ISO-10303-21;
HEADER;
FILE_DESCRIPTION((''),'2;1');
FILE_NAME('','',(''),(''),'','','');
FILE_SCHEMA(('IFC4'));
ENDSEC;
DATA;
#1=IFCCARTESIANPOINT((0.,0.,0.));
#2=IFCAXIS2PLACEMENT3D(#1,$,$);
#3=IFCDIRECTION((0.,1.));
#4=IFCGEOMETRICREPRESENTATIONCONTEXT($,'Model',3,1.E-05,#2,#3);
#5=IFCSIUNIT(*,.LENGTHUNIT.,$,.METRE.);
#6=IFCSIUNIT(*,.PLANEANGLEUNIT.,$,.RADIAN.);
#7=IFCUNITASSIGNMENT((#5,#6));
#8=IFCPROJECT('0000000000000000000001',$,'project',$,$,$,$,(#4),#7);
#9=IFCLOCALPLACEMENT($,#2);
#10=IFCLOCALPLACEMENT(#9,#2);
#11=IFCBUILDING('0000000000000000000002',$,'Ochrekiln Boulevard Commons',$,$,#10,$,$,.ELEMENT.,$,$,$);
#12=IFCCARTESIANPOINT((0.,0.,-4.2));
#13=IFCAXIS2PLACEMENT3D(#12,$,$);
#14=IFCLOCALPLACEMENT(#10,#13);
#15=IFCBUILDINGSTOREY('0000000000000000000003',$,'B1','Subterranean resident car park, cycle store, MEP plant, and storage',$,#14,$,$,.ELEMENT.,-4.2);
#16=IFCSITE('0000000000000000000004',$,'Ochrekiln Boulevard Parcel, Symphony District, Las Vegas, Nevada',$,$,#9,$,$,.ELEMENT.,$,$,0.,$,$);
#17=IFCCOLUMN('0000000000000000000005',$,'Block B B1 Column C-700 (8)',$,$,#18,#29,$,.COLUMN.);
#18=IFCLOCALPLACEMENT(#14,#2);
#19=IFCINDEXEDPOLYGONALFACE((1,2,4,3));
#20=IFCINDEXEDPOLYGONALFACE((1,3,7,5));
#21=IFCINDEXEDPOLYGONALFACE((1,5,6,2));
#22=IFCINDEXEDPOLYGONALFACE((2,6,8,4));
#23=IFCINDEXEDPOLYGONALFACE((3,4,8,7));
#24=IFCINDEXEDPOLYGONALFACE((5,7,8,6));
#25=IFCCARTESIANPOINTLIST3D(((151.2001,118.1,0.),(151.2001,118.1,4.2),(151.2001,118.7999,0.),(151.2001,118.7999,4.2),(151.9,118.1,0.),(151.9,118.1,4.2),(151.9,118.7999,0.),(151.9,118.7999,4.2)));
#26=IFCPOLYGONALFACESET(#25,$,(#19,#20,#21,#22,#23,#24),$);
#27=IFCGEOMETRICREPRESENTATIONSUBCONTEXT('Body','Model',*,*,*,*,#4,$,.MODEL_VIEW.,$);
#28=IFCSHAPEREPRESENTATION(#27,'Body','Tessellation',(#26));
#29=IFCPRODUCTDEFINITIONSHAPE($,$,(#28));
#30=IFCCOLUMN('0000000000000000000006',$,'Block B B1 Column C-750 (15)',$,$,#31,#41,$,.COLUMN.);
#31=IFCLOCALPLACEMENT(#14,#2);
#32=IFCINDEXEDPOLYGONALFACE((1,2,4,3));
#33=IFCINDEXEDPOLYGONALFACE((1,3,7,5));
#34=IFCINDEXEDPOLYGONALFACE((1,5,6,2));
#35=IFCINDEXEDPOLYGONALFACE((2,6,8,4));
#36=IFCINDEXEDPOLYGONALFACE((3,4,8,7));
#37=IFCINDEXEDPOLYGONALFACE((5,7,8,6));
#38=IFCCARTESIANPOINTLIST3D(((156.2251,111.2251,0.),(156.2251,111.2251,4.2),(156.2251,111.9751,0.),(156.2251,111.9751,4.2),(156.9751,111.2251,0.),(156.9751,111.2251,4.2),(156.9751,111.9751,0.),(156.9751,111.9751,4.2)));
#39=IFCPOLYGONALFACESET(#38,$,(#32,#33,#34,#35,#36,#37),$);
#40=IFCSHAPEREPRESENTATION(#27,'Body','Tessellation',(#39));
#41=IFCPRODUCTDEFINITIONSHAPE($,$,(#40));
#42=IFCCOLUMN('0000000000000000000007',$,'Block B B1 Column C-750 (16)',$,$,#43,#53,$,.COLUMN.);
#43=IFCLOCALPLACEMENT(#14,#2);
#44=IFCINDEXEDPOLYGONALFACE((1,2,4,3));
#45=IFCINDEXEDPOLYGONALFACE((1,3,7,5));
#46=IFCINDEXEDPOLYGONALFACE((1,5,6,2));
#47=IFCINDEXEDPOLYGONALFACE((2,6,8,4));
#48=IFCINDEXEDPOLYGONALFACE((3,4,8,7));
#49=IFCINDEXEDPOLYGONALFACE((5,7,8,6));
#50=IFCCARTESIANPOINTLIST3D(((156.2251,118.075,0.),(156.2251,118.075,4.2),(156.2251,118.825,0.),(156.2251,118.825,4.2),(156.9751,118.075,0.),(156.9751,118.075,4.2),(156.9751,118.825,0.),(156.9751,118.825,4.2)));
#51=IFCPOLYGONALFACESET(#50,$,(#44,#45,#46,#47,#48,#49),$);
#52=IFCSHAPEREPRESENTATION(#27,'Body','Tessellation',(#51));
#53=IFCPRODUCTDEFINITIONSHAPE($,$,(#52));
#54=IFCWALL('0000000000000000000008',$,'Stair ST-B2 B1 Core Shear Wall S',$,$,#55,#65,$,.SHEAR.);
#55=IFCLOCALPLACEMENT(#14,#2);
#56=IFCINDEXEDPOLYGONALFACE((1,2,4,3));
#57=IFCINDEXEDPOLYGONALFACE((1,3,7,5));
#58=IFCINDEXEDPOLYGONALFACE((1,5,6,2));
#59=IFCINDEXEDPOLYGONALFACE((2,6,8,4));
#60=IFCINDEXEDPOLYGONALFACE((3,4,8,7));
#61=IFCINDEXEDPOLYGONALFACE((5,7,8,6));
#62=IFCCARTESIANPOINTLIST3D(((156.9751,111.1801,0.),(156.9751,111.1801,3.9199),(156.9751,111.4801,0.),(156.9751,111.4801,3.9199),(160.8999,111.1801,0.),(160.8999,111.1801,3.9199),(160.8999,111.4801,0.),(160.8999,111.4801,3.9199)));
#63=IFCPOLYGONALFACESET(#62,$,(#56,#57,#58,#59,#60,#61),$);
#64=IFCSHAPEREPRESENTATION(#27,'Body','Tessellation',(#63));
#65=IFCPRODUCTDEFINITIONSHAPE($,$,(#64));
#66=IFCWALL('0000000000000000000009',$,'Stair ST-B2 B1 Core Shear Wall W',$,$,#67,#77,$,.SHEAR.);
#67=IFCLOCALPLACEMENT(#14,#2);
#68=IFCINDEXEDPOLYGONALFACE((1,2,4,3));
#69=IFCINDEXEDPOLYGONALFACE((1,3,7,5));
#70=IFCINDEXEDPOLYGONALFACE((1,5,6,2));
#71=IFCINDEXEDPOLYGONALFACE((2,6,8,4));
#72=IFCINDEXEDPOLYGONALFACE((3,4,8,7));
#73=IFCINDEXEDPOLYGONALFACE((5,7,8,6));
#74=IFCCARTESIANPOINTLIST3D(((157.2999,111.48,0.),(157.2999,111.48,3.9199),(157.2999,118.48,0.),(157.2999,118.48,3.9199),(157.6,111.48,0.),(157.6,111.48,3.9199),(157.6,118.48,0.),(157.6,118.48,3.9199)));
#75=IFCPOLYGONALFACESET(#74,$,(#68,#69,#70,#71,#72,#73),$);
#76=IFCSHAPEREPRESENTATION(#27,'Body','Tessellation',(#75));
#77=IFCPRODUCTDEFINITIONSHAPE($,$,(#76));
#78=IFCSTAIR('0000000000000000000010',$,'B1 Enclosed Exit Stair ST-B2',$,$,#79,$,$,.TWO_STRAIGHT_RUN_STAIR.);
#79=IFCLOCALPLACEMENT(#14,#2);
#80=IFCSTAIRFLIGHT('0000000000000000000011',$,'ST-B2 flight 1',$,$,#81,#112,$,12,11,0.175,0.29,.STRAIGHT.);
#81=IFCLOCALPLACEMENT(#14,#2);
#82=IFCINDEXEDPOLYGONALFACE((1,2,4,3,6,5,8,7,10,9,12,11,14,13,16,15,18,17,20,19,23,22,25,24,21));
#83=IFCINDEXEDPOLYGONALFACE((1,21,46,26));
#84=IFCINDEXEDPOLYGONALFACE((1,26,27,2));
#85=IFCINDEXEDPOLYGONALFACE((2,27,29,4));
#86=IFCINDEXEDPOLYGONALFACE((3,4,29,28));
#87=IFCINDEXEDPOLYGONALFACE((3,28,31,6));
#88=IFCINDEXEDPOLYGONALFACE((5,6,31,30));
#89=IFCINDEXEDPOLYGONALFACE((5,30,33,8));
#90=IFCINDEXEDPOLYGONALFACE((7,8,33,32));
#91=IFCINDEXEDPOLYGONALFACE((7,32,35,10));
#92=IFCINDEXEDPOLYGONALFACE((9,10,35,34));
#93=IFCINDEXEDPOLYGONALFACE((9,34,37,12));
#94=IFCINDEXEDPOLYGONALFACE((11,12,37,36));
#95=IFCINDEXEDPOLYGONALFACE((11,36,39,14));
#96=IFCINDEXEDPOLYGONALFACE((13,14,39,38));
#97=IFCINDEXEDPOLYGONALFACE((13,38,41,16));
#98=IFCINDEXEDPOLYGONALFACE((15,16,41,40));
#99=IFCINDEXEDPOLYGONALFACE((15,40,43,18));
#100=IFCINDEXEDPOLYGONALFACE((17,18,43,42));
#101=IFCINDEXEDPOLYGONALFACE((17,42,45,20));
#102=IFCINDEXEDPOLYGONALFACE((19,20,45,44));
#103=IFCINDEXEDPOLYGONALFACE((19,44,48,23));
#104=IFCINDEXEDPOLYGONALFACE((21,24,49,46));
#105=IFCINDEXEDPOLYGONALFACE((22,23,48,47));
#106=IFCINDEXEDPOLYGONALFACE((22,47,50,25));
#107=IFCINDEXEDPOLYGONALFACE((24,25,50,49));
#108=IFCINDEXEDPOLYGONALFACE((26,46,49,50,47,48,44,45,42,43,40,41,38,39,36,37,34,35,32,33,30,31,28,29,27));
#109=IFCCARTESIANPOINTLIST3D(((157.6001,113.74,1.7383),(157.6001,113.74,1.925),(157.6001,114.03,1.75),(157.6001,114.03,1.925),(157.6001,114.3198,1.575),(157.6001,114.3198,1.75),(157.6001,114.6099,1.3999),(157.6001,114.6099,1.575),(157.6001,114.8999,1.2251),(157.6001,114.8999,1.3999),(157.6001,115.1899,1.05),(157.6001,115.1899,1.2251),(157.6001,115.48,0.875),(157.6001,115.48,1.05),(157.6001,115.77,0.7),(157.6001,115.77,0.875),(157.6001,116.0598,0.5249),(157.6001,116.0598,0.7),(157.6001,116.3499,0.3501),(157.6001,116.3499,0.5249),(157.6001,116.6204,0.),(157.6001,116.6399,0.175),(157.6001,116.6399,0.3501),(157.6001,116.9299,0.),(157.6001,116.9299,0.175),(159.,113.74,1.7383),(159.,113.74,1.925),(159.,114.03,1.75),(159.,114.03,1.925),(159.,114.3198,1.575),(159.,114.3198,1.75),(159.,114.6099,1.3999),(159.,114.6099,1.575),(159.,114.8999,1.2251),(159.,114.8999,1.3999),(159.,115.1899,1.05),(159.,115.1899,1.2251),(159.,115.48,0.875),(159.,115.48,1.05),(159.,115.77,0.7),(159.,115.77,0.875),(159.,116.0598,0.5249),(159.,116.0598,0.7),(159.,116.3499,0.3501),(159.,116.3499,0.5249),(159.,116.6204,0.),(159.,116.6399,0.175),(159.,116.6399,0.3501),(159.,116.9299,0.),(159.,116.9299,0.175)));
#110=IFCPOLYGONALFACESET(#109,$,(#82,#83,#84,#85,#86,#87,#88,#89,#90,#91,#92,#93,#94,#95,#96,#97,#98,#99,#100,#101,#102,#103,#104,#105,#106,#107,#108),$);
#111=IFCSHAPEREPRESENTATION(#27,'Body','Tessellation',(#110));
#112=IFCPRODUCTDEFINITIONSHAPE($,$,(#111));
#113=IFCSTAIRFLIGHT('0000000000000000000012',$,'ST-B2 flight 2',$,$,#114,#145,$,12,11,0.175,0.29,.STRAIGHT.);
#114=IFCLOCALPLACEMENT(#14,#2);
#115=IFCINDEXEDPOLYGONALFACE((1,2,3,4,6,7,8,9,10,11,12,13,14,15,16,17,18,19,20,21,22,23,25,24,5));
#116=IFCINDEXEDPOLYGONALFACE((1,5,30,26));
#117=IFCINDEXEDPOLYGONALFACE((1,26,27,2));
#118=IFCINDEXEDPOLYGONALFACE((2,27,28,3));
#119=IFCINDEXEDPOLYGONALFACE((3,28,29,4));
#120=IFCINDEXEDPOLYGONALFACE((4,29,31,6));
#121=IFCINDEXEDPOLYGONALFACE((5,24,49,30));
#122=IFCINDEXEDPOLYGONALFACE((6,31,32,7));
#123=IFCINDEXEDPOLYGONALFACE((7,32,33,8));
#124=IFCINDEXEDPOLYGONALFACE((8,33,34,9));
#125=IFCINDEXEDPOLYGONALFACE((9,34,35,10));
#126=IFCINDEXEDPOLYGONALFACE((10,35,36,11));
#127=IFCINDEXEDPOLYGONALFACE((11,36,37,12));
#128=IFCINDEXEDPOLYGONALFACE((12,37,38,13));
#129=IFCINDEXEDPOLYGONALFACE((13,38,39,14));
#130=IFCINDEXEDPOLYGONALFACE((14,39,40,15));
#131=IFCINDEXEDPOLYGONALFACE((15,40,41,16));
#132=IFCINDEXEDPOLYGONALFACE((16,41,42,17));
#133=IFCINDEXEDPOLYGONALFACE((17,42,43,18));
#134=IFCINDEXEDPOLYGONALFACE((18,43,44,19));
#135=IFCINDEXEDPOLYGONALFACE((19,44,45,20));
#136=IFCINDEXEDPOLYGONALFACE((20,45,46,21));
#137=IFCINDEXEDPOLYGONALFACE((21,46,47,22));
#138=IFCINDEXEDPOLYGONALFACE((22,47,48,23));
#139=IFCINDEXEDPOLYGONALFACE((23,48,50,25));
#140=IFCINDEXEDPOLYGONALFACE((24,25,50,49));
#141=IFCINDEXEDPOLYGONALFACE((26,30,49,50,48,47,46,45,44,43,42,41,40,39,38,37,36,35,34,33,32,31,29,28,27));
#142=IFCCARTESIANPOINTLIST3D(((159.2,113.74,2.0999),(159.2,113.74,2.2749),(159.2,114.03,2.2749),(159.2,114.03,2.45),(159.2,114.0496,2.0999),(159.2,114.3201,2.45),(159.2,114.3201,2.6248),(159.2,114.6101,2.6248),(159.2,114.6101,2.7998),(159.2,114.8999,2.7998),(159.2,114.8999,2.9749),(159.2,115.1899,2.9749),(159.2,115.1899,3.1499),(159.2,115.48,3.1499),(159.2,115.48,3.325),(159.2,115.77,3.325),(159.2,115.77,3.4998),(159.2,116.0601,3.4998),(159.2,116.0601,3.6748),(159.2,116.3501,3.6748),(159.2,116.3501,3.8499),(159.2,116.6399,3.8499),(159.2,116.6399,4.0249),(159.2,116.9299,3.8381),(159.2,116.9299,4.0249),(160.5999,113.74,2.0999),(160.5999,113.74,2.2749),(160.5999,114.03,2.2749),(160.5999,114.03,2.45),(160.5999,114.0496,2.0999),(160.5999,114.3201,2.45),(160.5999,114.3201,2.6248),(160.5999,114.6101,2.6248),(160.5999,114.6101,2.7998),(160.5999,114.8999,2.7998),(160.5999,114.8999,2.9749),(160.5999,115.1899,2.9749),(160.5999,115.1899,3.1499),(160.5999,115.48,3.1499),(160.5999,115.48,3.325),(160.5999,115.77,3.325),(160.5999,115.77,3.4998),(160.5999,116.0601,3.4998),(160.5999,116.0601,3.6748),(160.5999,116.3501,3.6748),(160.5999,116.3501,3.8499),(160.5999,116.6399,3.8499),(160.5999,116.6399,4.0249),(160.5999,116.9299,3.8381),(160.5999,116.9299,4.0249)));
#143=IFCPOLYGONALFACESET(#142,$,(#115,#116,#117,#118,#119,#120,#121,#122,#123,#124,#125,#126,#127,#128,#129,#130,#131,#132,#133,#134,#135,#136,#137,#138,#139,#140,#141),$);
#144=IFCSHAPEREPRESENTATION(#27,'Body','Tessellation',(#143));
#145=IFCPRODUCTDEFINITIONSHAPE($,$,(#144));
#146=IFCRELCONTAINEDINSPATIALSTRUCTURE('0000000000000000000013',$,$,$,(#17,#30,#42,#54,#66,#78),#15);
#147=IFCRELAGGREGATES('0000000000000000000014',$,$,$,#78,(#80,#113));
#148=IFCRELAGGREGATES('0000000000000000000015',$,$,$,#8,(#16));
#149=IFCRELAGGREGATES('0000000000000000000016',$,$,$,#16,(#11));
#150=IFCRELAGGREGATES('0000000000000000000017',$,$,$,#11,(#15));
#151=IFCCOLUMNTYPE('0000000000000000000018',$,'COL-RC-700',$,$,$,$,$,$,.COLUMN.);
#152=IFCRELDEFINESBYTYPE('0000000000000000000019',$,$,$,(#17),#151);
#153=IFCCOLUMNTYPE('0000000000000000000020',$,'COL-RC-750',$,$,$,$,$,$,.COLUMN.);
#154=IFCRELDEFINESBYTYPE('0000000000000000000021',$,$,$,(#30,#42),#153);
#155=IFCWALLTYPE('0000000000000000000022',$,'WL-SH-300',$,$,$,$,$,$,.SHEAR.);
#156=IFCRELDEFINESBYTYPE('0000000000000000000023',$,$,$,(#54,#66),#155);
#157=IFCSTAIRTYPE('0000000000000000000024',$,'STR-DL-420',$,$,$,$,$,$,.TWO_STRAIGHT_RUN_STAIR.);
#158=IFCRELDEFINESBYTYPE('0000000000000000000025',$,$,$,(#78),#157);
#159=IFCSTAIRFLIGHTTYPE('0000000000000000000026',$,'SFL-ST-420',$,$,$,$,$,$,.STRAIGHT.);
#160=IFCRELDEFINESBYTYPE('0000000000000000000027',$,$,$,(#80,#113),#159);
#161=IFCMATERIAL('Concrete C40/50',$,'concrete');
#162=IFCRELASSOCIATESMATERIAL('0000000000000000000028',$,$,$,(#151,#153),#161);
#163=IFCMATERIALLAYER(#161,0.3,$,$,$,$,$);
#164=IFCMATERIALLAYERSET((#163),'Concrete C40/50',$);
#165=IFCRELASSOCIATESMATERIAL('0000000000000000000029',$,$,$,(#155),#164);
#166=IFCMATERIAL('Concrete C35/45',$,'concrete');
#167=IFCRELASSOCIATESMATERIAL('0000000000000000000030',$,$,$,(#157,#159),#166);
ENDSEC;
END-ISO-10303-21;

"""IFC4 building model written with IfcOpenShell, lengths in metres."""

from ifc_helpers import new_model, si_unit, direction, frame, frame_2d, origin, origin_2d, place, context, subcontext, project, spatial, polyline, rectangle, outline, extrude, material, layer, layer_set, material_profile, profile_set, type_object, element, aggregate, save


model = new_model("IFC4")

# Units and contexts
model_context = context("Model", 3, precision=1e-05, world=origin(), true_north=direction((0.0, 1.0)))
body_context = subcontext(model_context, "Body", "Model", "MODEL_VIEW")
ifc_project = project(units=[si_unit("LENGTHUNIT", "METRE"), si_unit("PLANEANGLEUNIT", "RADIAN")], contexts=[model_context])

# Site, building, storey
site_placement = place(None, origin())
site = spatial("IfcSite", under=ifc_project, at=site_placement, Name="Ochrekiln Boulevard Parcel, Symphony District, Las Vegas, Nevada", CompositionType="ELEMENT", RefElevation=0.0)
building_placement = place(site_placement, origin())
building = spatial("IfcBuilding", under=site, at=building_placement, Name="Ochrekiln Boulevard Commons", CompositionType="ELEMENT")
storey_placement = place(building_placement, frame((0.0, 0.0, -4.2)))
storey = spatial("IfcBuildingStorey", under=building, at=storey_placement, Name="B1", Description="Subterranean resident car park, cycle store, MEP plant, and storage", CompositionType="ELEMENT", Elevation=-4.2)

# Shared definitions
ifc_material_1 = material(Name="Concrete C35/45", Category="concrete")

# Columns
ifc_material_2 = material(Name="Concrete C40/50", Category="concrete")
ifc_material_profile_1 = material_profile(ifc_material_2, rectangle(XDim=0.7, YDim=0.7, at=origin_2d()), Name="RC-COL-700x700")
ifc_profile_set_1 = profile_set([ifc_material_profile_1], Name="Concrete C40/50")
column_type_1 = type_object("IfcColumnType", Name="COL-RC-700", PredefinedType="COLUMN", material=ifc_profile_set_1)
for number, where, z_axis, x_axis, name in (
    (1, (151.55, 118.45, 0.0), (0.0, 0.0, 1.0), (1.0, 0.0, 0.0), "Block B B1 Column C-700 (8)"),
):
    element("IfcColumn", number, at=place(storey_placement, frame(where, z_axis=z_axis, x_axis=x_axis)), inside=storey, type_object=column_type_1, Name=name, PredefinedType="COLUMN", context=body_context, shape_type="SweptSolid", body=[
        extrude(rectangle(XDim=0.7, YDim=0.7, at=origin_2d()), origin(), (0.0, 0.0, 1.0), 4.2),
    ])
ifc_material_profile_2 = material_profile(ifc_material_2, rectangle(XDim=0.75, YDim=0.75, at=origin_2d()), Name="RC-COL-750x750")
ifc_profile_set_2 = profile_set([ifc_material_profile_2], Name="Concrete C40/50")
column_type_2 = type_object("IfcColumnType", Name="COL-RC-750", PredefinedType="COLUMN", material=ifc_profile_set_2)
for number, where, z_axis, x_axis, name in (
    (2, (156.6001, 111.6001, 0.0), (0.0, 0.0, 1.0), (1.0, 0.0, 0.0), "Block B B1 Column C-750 (15)"),
    (3, (156.6001, 118.45, 0.0), (0.0, 0.0, 1.0), (1.0, 0.0, 0.0), "Block B B1 Column C-750 (16)"),
):
    element("IfcColumn", number, at=place(storey_placement, frame(where, z_axis=z_axis, x_axis=x_axis)), inside=storey, type_object=column_type_2, Name=name, PredefinedType="COLUMN", context=body_context, shape_type="SweptSolid", body=[
        extrude(rectangle(XDim=0.75, YDim=0.75, at=origin_2d()), origin(), (0.0, 0.0, 1.0), 4.2),
    ])

# Walls
ifc_layer = layer(ifc_material_2, 0.3)
ifc_layer_set = layer_set([ifc_layer], Name="Concrete C40/50")
wall_type = type_object("IfcWallType", Name="WL-SH-300", PredefinedType="SHEAR", material=ifc_layer_set)
wall_1_placement = place(storey_placement, frame((156.9751, 111.3301, 0.0), z_axis=(0.0, 0.0, 1.0), x_axis=(1.0, 0.0, 0.0)))
element("IfcWall", 4, at=wall_1_placement, inside=storey, type_object=wall_type, Name="Stair ST-B2 B1 Core Shear Wall S", PredefinedType="SHEAR", context=body_context, shape_type="SweptSolid", body=[
    extrude(rectangle(XDim=3.9248, YDim=0.3, at=frame_2d((1.9624, 0.0))), origin(), (0.0, 0.0, 1.0), 3.9199),
])
wall_2_placement = place(storey_placement, frame((157.45, 111.48, 0.0), z_axis=(0.0, 0.0, 1.0), x_axis=(0.0, 1.0, 0.0)))
element("IfcWall", 5, at=wall_2_placement, inside=storey, type_object=wall_type, Name="Stair ST-B2 B1 Core Shear Wall W", PredefinedType="SHEAR", context=body_context, shape_type="SweptSolid", body=[
    extrude(rectangle(XDim=7.0, YDim=0.3, at=frame_2d((3.5, 0.0))), origin(), (0.0, 0.0, 1.0), 3.9199),
])

# Stair, stair flights
stair_type = type_object("IfcStairType", Name="STR-DL-420", PredefinedType="TWO_STRAIGHT_RUN_STAIR", material=ifc_material_1)
stair_placement = place(storey_placement, origin())
stair = element("IfcStair", 6, at=stair_placement, inside=storey, type_object=stair_type, Name="B1 Enclosed Exit Stair ST-B2", PredefinedType="TWO_STRAIGHT_RUN_STAIR")
stair_flight_type = type_object("IfcStairFlightType", Name="SFL-ST-420", PredefinedType="STRAIGHT", material=ifc_material_1)
stair_flight_1_placement = place(storey_placement, frame((158.3, 116.9299, 0.0), z_axis=(0.0, 0.0, 1.0), x_axis=(0.0, -1.0, 0.0)))
stair_flight_1 = element("IfcStairFlight", 7, at=stair_flight_1_placement, type_object=stair_flight_type, Name="ST-B2 flight 1", NumberOfRisers=12, NumberOfTreads=11, PredefinedType="STRAIGHT", RiserHeight=0.175, TreadLength=0.29, context=body_context, shape_type="SweptSolid", body=[
    extrude(outline(polyline([(0.0, 0.0), (0.0, 0.175), (0.29, 0.175), (0.29, 0.3501), (0.5801, 0.3501), (0.5801, 0.5249), (0.8701, 0.5249), (0.8701, 0.7), (1.1599, 0.7), (1.1599, 0.875), (1.45, 0.875), (1.45, 1.05), (1.74, 1.05), (1.74, 1.2251), (2.03, 1.2251), (2.03, 1.3999), (2.3201, 1.3999), (2.3201, 1.575), (2.6101, 1.575), (2.6101, 1.75), (2.8999, 1.75), (2.8999, 1.925), (3.1899, 1.925), (3.1899, 2.1001), (3.1899, 1.7383), (0.3096, 0.0), (0.0, 0.0)])), frame((0.0, 0.7, 0.0), z_axis=(0.0, -1.0, 0.0), x_axis=(1.0, 0.0, 0.0)), (0.0, 0.0, 1.0), 1.3999),
])
stair_flight_2_placement = place(storey_placement, frame((159.8999, 113.74, 2.0999), z_axis=(0.0, 0.0, 1.0), x_axis=(0.0, 1.0, 0.0)))
stair_flight_2 = element("IfcStairFlight", 8, at=stair_flight_2_placement, type_object=stair_flight_type, Name="ST-B2 flight 2", NumberOfRisers=12, NumberOfTreads=11, PredefinedType="STRAIGHT", RiserHeight=0.175, TreadLength=0.29, context=body_context, shape_type="SweptSolid", body=[
    extrude(outline(polyline([(0.0, 0.0), (0.0, 0.175), (0.29, 0.175), (0.29, 0.3501), (0.5801, 0.3501), (0.5801, 0.5249), (0.8701, 0.5249), (0.8701, 0.7), (1.1599, 0.7), (1.1599, 0.875), (1.45, 0.875), (1.45, 1.05), (1.74, 1.05), (1.74, 1.2251), (2.03, 1.2251), (2.03, 1.3999), (2.3201, 1.3999), (2.3201, 1.575), (2.6101, 1.575), (2.6101, 1.75), (2.8999, 1.75), (2.8999, 1.925), (3.1899, 1.925), (3.1899, 2.1001), (3.1899, 1.7383), (0.3096, 0.0), (0.0, 0.0)])), frame((0.0, 0.7, 0.0), z_axis=(0.0, -1.0, 0.0), x_axis=(1.0, 0.0, 0.0)), (0.0, 0.0, 1.0), 1.3999),
])
aggregate(stair, [stair_flight_1, stair_flight_2])

save(model, "model.ifc")
